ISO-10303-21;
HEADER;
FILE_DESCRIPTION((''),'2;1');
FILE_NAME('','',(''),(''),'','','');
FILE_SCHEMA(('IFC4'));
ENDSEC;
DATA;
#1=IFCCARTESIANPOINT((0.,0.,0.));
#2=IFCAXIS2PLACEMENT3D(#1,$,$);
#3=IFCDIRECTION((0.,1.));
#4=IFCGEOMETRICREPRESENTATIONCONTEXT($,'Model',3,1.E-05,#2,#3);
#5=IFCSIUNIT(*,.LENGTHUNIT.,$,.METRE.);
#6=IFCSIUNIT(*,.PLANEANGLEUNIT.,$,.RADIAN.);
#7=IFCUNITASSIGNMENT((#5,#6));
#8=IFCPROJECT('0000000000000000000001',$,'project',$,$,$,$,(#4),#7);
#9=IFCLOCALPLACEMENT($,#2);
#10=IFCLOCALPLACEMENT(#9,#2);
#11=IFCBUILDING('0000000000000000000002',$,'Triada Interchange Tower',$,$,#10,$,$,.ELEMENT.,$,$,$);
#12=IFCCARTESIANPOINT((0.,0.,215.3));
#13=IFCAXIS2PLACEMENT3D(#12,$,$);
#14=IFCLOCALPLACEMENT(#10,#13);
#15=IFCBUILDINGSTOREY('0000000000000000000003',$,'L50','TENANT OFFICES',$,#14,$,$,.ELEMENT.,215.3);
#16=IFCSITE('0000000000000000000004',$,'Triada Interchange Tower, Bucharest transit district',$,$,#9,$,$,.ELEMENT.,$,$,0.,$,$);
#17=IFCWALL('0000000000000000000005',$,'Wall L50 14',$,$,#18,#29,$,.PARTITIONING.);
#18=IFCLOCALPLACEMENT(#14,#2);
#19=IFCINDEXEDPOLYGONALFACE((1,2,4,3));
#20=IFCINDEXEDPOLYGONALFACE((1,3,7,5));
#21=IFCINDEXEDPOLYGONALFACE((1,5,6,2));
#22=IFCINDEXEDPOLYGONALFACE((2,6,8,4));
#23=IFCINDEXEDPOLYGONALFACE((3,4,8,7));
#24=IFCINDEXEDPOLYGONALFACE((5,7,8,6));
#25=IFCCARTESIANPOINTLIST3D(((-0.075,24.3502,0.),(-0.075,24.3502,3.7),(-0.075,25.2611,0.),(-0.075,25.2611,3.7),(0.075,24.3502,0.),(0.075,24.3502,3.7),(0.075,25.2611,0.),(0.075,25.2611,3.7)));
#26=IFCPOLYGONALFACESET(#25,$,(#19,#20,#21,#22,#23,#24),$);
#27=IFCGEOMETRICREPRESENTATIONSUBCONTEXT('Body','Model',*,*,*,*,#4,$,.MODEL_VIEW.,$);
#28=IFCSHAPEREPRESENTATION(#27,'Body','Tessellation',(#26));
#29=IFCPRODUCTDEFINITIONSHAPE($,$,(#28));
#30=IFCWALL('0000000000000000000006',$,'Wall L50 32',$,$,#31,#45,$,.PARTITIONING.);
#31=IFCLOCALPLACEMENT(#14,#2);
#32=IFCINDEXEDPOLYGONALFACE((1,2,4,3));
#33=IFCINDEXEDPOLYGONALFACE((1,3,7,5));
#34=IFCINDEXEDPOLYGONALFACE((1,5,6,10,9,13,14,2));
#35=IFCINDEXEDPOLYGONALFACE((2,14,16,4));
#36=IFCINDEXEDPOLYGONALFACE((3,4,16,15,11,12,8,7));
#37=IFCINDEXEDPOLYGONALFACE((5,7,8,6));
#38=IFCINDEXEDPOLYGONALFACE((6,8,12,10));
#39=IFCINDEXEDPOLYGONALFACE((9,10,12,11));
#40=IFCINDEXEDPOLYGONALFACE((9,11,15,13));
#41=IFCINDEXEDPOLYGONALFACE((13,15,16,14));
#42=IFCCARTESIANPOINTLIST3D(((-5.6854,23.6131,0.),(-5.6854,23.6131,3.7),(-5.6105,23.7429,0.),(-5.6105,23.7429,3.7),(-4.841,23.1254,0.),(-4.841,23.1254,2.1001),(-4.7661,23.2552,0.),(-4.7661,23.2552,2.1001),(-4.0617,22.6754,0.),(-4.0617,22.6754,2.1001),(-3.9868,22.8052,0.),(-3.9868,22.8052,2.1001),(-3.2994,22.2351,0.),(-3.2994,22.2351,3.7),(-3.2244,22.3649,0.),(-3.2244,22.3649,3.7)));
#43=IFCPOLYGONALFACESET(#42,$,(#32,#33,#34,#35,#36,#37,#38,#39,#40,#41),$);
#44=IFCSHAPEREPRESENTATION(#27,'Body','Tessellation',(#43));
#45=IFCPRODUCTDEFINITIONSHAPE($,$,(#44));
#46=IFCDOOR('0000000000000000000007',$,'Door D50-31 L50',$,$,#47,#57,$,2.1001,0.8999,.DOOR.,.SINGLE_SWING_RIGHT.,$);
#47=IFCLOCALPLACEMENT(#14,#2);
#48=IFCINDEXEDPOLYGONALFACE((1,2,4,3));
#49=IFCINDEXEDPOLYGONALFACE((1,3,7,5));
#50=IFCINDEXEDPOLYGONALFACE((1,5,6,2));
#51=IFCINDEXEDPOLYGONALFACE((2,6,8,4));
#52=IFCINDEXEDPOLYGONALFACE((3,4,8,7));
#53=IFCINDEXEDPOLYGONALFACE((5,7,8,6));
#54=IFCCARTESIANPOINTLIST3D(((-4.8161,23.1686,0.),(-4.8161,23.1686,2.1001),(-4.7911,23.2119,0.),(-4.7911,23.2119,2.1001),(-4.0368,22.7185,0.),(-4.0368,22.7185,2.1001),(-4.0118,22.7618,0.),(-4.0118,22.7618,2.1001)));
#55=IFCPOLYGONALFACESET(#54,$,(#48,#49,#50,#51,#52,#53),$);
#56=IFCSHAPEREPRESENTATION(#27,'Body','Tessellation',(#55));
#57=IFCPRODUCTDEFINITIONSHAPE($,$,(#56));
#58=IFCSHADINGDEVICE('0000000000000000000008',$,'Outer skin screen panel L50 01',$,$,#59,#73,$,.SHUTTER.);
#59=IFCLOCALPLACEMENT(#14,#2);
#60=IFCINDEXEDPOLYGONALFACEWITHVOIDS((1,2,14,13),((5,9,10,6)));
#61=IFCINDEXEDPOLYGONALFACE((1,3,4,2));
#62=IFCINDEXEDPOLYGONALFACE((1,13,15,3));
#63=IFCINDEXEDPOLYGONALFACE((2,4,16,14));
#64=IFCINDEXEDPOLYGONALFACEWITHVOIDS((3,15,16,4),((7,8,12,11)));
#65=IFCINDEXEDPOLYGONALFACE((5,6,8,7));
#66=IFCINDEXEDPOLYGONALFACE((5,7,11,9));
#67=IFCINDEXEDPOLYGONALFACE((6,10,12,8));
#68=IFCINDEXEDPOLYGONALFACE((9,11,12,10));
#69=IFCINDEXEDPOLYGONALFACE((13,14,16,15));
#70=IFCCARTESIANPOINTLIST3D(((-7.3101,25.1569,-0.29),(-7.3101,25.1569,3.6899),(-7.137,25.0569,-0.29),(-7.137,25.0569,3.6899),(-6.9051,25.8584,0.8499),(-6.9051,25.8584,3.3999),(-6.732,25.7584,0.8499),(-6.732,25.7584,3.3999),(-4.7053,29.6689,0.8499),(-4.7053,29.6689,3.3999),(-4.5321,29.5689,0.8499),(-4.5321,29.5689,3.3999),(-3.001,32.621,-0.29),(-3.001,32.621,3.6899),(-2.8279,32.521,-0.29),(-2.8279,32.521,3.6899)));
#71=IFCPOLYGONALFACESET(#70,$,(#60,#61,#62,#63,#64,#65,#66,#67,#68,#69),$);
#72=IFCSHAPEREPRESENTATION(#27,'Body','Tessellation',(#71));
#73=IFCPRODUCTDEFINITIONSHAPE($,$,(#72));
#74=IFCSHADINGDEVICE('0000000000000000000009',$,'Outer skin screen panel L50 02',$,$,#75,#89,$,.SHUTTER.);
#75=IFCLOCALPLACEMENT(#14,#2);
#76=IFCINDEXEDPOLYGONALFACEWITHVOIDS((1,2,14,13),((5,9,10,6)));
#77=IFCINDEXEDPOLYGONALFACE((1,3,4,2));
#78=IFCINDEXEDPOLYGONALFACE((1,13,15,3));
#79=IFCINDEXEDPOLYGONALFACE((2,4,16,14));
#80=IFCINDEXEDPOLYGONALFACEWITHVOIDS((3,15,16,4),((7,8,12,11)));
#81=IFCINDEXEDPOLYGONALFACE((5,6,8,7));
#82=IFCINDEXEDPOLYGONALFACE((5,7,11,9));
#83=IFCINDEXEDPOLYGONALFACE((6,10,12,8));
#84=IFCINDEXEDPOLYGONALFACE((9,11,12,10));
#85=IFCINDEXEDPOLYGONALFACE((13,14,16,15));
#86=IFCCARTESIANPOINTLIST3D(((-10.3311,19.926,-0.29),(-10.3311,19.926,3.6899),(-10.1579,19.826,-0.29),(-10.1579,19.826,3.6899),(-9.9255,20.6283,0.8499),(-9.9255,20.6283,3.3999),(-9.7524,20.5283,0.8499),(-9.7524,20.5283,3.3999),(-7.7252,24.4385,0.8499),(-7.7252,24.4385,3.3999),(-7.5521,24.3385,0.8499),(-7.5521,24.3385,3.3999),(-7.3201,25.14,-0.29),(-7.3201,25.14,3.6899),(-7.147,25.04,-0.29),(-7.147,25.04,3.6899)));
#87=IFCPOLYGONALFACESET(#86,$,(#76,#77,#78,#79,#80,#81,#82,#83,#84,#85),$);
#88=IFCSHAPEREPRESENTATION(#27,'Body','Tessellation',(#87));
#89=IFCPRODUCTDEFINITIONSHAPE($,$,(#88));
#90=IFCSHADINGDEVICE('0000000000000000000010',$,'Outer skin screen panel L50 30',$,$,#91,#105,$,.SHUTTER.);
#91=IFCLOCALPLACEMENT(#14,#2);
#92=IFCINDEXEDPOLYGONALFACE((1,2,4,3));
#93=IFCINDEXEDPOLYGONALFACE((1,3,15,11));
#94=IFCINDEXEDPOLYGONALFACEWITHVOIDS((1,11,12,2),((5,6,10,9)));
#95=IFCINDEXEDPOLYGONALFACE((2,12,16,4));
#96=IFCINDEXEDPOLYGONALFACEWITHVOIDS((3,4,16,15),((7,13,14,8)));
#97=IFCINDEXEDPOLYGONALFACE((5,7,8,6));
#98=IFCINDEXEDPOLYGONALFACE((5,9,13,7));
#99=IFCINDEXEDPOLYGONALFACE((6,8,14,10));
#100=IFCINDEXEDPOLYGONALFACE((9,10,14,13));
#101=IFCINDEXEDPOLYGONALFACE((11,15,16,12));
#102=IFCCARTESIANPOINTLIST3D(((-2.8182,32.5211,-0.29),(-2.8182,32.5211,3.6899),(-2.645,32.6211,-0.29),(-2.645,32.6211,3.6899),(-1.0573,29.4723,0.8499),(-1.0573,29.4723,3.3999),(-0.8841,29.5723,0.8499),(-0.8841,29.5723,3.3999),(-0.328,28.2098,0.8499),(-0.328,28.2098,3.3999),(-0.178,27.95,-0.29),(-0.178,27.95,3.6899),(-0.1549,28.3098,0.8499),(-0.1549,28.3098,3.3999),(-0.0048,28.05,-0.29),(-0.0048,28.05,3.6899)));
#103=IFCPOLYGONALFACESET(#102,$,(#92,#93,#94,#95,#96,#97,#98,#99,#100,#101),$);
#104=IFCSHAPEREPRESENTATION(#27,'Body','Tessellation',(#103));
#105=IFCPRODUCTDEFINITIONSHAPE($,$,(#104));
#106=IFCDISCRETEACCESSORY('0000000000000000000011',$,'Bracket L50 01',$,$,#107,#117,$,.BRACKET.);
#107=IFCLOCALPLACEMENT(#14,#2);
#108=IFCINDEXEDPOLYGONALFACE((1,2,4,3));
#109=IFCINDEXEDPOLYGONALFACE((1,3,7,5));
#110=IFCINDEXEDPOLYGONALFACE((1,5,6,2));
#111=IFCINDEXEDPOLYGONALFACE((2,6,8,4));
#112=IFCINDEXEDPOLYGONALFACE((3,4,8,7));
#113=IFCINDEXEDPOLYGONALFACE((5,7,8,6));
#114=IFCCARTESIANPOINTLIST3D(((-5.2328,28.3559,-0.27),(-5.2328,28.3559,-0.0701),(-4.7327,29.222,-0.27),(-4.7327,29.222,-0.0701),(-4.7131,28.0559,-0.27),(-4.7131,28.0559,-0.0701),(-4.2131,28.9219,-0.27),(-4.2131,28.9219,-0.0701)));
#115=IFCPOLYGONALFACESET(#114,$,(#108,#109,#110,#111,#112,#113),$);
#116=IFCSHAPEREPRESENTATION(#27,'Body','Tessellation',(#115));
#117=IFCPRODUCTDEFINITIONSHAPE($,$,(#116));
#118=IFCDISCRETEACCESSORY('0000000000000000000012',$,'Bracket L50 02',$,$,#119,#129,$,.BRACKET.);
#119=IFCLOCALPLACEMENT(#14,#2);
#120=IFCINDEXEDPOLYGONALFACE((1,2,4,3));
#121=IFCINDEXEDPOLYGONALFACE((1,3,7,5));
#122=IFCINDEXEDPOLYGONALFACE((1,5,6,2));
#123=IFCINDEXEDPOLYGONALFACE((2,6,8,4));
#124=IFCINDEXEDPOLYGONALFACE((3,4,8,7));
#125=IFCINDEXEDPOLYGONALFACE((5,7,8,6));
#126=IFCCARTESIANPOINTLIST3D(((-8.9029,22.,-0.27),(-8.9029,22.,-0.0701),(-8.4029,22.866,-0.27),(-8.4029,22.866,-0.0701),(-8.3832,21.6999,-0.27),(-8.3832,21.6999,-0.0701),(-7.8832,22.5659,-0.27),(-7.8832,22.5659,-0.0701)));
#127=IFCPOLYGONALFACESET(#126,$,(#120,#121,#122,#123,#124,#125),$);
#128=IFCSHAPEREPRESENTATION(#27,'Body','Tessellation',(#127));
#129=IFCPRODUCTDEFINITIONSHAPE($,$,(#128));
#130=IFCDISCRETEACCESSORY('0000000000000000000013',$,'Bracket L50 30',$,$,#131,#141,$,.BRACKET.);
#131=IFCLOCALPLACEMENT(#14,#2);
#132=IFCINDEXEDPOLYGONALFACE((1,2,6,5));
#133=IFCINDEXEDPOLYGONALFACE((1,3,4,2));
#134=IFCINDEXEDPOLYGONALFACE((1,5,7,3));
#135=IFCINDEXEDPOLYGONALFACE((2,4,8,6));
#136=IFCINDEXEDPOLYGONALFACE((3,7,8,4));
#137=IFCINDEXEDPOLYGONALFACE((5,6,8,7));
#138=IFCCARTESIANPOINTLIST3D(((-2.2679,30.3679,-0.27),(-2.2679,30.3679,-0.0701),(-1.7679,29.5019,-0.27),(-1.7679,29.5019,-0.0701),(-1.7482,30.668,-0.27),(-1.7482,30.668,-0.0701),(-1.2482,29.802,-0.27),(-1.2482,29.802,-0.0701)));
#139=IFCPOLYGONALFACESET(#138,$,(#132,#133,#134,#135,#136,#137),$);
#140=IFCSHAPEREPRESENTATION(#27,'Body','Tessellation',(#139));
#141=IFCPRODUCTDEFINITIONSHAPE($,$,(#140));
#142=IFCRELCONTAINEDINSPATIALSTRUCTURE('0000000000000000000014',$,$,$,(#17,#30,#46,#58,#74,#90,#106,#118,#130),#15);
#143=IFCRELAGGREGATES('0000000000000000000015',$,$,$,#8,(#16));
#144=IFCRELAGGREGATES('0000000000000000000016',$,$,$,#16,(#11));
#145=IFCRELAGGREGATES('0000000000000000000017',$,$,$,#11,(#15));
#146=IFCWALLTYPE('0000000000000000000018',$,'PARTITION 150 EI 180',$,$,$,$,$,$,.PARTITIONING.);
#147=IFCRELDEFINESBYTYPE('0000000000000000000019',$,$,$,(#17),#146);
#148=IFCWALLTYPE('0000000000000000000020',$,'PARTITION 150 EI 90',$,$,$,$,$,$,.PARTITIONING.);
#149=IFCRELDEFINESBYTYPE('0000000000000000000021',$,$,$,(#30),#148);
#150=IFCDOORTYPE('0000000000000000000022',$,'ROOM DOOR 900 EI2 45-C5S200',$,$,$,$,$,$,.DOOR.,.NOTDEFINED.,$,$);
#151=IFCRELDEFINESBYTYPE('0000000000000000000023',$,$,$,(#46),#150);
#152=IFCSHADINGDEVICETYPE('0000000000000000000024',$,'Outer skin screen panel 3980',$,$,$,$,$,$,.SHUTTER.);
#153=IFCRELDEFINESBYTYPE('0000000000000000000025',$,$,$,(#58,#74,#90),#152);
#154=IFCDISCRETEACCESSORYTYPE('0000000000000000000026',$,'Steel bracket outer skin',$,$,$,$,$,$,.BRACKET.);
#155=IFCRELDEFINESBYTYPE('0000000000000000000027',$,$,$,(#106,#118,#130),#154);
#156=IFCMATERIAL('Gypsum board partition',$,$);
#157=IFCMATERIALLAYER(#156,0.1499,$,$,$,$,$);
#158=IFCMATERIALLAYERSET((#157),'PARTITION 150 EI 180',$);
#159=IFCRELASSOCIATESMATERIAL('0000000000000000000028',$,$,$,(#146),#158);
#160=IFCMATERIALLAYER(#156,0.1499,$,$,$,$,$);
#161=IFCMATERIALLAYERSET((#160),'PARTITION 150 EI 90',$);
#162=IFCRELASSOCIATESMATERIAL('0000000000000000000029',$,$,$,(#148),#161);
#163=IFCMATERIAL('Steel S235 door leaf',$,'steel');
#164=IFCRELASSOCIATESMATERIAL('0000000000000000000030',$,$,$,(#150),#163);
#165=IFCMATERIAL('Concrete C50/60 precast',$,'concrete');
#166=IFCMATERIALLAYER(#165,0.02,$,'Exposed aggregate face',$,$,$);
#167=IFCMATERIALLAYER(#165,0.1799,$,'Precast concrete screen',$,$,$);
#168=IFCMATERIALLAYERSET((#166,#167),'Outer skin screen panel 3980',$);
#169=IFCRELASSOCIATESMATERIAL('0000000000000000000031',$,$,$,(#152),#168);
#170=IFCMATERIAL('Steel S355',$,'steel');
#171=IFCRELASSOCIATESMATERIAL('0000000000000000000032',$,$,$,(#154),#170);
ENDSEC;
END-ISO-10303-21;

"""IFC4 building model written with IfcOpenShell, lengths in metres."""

from ifc_helpers import new_model, si_unit, direction, frame, frame_2d, origin, origin_2d, place, context, subcontext, project, spatial, polyline, rectangle, outline, extrude, material, layer, layer_set, type_object, element, fill, save


model = new_model("IFC4")

# Units and contexts
model_context = context("Model", 3, precision=1e-05, world=origin(), true_north=direction((0.0, 1.0)))
body_context = subcontext(model_context, "Body", "Model", "MODEL_VIEW")
ifc_project = project(units=[si_unit("LENGTHUNIT", "METRE"), si_unit("PLANEANGLEUNIT", "RADIAN")], contexts=[model_context])

# Site, building, storey
site_placement = place(None, origin())
site = spatial("IfcSite", under=ifc_project, at=site_placement, Name="Triada Interchange Tower, Bucharest transit district", CompositionType="ELEMENT", RefElevation=0.0)
building_placement = place(site_placement, origin())
building = spatial("IfcBuilding", under=site, at=building_placement, Name="Triada Interchange Tower", CompositionType="ELEMENT")
storey_placement = place(building_placement, frame((0.0, 0.0, 215.3)))
storey = spatial("IfcBuildingStorey", under=building, at=storey_placement, Name="L50", Description="TENANT OFFICES", CompositionType="ELEMENT", Elevation=215.3)

# Wall
ifc_material_1 = material(Name="Gypsum board partition")
ifc_layer_1 = layer(ifc_material_1, 0.1499)
ifc_layer_set_1 = layer_set([ifc_layer_1], Name="PARTITION 150 EI 180")
wall_type_1 = type_object("IfcWallType", Name="PARTITION 150 EI 180", PredefinedType="PARTITIONING", material=ifc_layer_set_1)
wall_1_placement = place(storey_placement, frame((0.0, 24.3501, 0.0), z_axis=(0.0, 0.0, 1.0), x_axis=(0.0, 1.0, 0.0)))
element("IfcWall", 1, at=wall_1_placement, inside=storey, type_object=wall_type_1, Name="Wall L50 14", PredefinedType="PARTITIONING", context=body_context, shape_type="SweptSolid", body=[
    extrude(rectangle(XDim=0.9109, YDim=0.1499, at=frame_2d((0.4556, 0.0))), origin(), (0.0, 0.0, 1.0), 3.7),
])

# Wall, opening, door
ifc_layer_2 = layer(ifc_material_1, 0.1499)
ifc_layer_set_2 = layer_set([ifc_layer_2], Name="PARTITION 150 EI 90")
wall_type_2 = type_object("IfcWallType", Name="PARTITION 150 EI 90", PredefinedType="PARTITIONING", material=ifc_layer_set_2)
wall_2_placement = place(storey_placement, frame((-5.6479, 23.678, 0.0), z_axis=(0.0, 0.0, 1.0), x_axis=(0.865966, -0.500103, 0.0)))
wall_2 = element("IfcWall", 2, at=wall_2_placement, inside=storey, type_object=wall_type_2, Name="Wall L50 32", PredefinedType="PARTITIONING", context=body_context, shape_type="SweptSolid", body=[
    extrude(rectangle(XDim=2.7554, YDim=0.1499, at=frame_2d((1.3777, 0.0))), origin(), (0.0, 0.0, 1.0), 3.7),
])
opening_1_placement = place(wall_2_placement, frame((0.9751, 0.0, 0.0)))
opening_1 = element("IfcOpeningElement", 3, at=opening_1_placement, cuts=wall_2, PredefinedType="OPENING", context=body_context, shape_type="SweptSolid", body=[
    extrude(rectangle(XDim=0.8999, YDim=2.1001, at=frame_2d((0.45, 1.05))), frame((0.0, 0.085, 0.0), z_axis=(0.0, -1.0, 0.0), x_axis=(1.0, 0.0, 0.0)), (0.0, 0.0, 1.0), 0.1699),
])
ifc_material_2 = material(Name="Steel S235 door leaf", Category="steel")
door_type = type_object("IfcDoorType", Name="ROOM DOOR 900 EI2 45-C5S200", OperationType="NOTDEFINED", PredefinedType="DOOR", material=ifc_material_2)
door_placement = place(opening_1_placement, origin())
door = element("IfcDoor", 4, at=door_placement, inside=storey, type_object=door_type, Name="Door D50-31 L50", OperationType="SINGLE_SWING_RIGHT", OverallHeight=2.1001, OverallWidth=0.8999, PredefinedType="DOOR", context=body_context, shape_type="SweptSolid", body=[
    extrude(rectangle(XDim=0.8999, YDim=2.1001, at=frame_2d((0.45, 1.05))), frame((0.0, 0.0249, 0.0), z_axis=(0.0, -1.0, 0.0), x_axis=(1.0, 0.0, 0.0)), (0.0, 0.0, 1.0), 0.05),
])
fill(opening_1, door)

# Shading devices
ifc_material_3 = material(Name="Concrete C50/60 precast", Category="concrete")
ifc_layer_3 = layer(ifc_material_3, 0.02, Name="Exposed aggregate face")
ifc_layer_4 = layer(ifc_material_3, 0.1799, Name="Precast concrete screen")
ifc_layer_set_3 = layer_set([ifc_layer_3, ifc_layer_4], Name="Outer skin screen panel 3980")
shading_device_type = type_object("IfcShadingDeviceType", Name="Outer skin screen panel 3980", PredefinedType="SHUTTER", material=ifc_layer_set_3)
shading_device_1_placement = place(storey_placement, frame((-2.8279, 32.521, -0.29), z_axis=(0.0, 0.0, 1.0), x_axis=(-0.499972, -0.866042, 0.0)))
element("IfcShadingDevice", 5, at=shading_device_1_placement, inside=storey, type_object=shading_device_type, Name="Outer skin screen panel L50 01", PredefinedType="SHUTTER", context=body_context, shape_type="SweptSolid", body=[
    extrude(outline(polyline([(0.0, 0.0), (8.6187, 0.0), (8.6187, 3.98), (0.0, 3.98), (0.0, 0.0)]), holes=[polyline([(3.4087, 1.1399), (3.4087, 3.6899), (7.8086, 3.6899), (7.8086, 1.1399), (3.4087, 1.1399)])]), frame((0.0, 0.0, 0.0), z_axis=(0.0, -1.0, 0.0), x_axis=(1.0, 0.0, 0.0)), (0.0, 0.0, 1.0), 0.2),
])
shading_device_2_placement = place(storey_placement, frame((-7.147, 25.04, -0.29), z_axis=(0.0, 0.0, 1.0), x_axis=(-0.500077, -0.865981, 0.0)))
element("IfcShadingDevice", 6, at=shading_device_2_placement, inside=storey, type_object=shading_device_type, Name="Outer skin screen panel L50 02", PredefinedType="SHUTTER", context=body_context, shape_type="SweptSolid", body=[
    extrude(outline(polyline([(0.0, 0.0), (6.021, 0.0), (6.021, 3.98), (0.0, 3.98), (0.0, 0.0)]), holes=[polyline([(0.8101, 1.1399), (0.8101, 3.6899), (5.21, 3.6899), (5.21, 1.1399), (0.8101, 1.1399)])]), frame((0.0, 0.0, 0.0), z_axis=(0.0, -1.0, 0.0), x_axis=(1.0, 0.0, 0.0)), (0.0, 0.0, 1.0), 0.2),
])
shading_device_3_placement = place(storey_placement, frame((-0.178, 27.95, -0.29), z_axis=(0.0, 0.0, 1.0), x_axis=(-0.500148, 0.86594, 0.0)))
element("IfcShadingDevice", 7, at=shading_device_3_placement, inside=storey, type_object=shading_device_type, Name="Outer skin screen panel L50 30", PredefinedType="SHUTTER", context=body_context, shape_type="SweptSolid", body=[
    extrude(outline(polyline([(0.0, 0.0), (5.2788, 0.0), (5.2788, 3.98), (0.0, 3.98), (0.0, 0.0)]), holes=[polyline([(0.3, 1.1399), (0.3, 3.6899), (1.7581, 3.6899), (1.7581, 1.1399), (0.3, 1.1399)])]), frame((0.0, 0.0, 0.0), z_axis=(0.0, -1.0, 0.0), x_axis=(1.0, 0.0, 0.0)), (0.0, 0.0, 1.0), 0.2),
])

# Discrete accessories
ifc_material_4 = material(Name="Steel S355", Category="steel")
discrete_accessory_type = type_object("IfcDiscreteAccessoryType", Name="Steel bracket outer skin", PredefinedType="BRACKET", material=ifc_material_4)
for number, where, z_axis, x_axis, name in (
    (8, (-4.7229, 28.6389, -0.27), (0.0, 0.0, 1.0), (-0.866025, 0.500001, 0.0), "Bracket L50 01"),
    (9, (-8.3931, 22.283, -0.27), (0.0, 0.0, 1.0), (-0.866025, 0.500001, 0.0), "Bracket L50 02"),
    (10, (-1.7581, 30.085, -0.27), (0.0, 0.0, 1.0), (0.866, 0.500044, 0.0), "Bracket L50 30"),
):
    element("IfcDiscreteAccessory", number, at=place(storey_placement, frame(where, z_axis=z_axis, x_axis=x_axis)), inside=storey, type_object=discrete_accessory_type, Name=name, PredefinedType="BRACKET", context=body_context, shape_type="SweptSolid", body=[
        extrude(rectangle(XDim=0.6001, YDim=1.0, at=origin_2d()), origin(), (0.0, 0.0, 1.0), 0.2),
    ])

save(model, "model.ifc")
